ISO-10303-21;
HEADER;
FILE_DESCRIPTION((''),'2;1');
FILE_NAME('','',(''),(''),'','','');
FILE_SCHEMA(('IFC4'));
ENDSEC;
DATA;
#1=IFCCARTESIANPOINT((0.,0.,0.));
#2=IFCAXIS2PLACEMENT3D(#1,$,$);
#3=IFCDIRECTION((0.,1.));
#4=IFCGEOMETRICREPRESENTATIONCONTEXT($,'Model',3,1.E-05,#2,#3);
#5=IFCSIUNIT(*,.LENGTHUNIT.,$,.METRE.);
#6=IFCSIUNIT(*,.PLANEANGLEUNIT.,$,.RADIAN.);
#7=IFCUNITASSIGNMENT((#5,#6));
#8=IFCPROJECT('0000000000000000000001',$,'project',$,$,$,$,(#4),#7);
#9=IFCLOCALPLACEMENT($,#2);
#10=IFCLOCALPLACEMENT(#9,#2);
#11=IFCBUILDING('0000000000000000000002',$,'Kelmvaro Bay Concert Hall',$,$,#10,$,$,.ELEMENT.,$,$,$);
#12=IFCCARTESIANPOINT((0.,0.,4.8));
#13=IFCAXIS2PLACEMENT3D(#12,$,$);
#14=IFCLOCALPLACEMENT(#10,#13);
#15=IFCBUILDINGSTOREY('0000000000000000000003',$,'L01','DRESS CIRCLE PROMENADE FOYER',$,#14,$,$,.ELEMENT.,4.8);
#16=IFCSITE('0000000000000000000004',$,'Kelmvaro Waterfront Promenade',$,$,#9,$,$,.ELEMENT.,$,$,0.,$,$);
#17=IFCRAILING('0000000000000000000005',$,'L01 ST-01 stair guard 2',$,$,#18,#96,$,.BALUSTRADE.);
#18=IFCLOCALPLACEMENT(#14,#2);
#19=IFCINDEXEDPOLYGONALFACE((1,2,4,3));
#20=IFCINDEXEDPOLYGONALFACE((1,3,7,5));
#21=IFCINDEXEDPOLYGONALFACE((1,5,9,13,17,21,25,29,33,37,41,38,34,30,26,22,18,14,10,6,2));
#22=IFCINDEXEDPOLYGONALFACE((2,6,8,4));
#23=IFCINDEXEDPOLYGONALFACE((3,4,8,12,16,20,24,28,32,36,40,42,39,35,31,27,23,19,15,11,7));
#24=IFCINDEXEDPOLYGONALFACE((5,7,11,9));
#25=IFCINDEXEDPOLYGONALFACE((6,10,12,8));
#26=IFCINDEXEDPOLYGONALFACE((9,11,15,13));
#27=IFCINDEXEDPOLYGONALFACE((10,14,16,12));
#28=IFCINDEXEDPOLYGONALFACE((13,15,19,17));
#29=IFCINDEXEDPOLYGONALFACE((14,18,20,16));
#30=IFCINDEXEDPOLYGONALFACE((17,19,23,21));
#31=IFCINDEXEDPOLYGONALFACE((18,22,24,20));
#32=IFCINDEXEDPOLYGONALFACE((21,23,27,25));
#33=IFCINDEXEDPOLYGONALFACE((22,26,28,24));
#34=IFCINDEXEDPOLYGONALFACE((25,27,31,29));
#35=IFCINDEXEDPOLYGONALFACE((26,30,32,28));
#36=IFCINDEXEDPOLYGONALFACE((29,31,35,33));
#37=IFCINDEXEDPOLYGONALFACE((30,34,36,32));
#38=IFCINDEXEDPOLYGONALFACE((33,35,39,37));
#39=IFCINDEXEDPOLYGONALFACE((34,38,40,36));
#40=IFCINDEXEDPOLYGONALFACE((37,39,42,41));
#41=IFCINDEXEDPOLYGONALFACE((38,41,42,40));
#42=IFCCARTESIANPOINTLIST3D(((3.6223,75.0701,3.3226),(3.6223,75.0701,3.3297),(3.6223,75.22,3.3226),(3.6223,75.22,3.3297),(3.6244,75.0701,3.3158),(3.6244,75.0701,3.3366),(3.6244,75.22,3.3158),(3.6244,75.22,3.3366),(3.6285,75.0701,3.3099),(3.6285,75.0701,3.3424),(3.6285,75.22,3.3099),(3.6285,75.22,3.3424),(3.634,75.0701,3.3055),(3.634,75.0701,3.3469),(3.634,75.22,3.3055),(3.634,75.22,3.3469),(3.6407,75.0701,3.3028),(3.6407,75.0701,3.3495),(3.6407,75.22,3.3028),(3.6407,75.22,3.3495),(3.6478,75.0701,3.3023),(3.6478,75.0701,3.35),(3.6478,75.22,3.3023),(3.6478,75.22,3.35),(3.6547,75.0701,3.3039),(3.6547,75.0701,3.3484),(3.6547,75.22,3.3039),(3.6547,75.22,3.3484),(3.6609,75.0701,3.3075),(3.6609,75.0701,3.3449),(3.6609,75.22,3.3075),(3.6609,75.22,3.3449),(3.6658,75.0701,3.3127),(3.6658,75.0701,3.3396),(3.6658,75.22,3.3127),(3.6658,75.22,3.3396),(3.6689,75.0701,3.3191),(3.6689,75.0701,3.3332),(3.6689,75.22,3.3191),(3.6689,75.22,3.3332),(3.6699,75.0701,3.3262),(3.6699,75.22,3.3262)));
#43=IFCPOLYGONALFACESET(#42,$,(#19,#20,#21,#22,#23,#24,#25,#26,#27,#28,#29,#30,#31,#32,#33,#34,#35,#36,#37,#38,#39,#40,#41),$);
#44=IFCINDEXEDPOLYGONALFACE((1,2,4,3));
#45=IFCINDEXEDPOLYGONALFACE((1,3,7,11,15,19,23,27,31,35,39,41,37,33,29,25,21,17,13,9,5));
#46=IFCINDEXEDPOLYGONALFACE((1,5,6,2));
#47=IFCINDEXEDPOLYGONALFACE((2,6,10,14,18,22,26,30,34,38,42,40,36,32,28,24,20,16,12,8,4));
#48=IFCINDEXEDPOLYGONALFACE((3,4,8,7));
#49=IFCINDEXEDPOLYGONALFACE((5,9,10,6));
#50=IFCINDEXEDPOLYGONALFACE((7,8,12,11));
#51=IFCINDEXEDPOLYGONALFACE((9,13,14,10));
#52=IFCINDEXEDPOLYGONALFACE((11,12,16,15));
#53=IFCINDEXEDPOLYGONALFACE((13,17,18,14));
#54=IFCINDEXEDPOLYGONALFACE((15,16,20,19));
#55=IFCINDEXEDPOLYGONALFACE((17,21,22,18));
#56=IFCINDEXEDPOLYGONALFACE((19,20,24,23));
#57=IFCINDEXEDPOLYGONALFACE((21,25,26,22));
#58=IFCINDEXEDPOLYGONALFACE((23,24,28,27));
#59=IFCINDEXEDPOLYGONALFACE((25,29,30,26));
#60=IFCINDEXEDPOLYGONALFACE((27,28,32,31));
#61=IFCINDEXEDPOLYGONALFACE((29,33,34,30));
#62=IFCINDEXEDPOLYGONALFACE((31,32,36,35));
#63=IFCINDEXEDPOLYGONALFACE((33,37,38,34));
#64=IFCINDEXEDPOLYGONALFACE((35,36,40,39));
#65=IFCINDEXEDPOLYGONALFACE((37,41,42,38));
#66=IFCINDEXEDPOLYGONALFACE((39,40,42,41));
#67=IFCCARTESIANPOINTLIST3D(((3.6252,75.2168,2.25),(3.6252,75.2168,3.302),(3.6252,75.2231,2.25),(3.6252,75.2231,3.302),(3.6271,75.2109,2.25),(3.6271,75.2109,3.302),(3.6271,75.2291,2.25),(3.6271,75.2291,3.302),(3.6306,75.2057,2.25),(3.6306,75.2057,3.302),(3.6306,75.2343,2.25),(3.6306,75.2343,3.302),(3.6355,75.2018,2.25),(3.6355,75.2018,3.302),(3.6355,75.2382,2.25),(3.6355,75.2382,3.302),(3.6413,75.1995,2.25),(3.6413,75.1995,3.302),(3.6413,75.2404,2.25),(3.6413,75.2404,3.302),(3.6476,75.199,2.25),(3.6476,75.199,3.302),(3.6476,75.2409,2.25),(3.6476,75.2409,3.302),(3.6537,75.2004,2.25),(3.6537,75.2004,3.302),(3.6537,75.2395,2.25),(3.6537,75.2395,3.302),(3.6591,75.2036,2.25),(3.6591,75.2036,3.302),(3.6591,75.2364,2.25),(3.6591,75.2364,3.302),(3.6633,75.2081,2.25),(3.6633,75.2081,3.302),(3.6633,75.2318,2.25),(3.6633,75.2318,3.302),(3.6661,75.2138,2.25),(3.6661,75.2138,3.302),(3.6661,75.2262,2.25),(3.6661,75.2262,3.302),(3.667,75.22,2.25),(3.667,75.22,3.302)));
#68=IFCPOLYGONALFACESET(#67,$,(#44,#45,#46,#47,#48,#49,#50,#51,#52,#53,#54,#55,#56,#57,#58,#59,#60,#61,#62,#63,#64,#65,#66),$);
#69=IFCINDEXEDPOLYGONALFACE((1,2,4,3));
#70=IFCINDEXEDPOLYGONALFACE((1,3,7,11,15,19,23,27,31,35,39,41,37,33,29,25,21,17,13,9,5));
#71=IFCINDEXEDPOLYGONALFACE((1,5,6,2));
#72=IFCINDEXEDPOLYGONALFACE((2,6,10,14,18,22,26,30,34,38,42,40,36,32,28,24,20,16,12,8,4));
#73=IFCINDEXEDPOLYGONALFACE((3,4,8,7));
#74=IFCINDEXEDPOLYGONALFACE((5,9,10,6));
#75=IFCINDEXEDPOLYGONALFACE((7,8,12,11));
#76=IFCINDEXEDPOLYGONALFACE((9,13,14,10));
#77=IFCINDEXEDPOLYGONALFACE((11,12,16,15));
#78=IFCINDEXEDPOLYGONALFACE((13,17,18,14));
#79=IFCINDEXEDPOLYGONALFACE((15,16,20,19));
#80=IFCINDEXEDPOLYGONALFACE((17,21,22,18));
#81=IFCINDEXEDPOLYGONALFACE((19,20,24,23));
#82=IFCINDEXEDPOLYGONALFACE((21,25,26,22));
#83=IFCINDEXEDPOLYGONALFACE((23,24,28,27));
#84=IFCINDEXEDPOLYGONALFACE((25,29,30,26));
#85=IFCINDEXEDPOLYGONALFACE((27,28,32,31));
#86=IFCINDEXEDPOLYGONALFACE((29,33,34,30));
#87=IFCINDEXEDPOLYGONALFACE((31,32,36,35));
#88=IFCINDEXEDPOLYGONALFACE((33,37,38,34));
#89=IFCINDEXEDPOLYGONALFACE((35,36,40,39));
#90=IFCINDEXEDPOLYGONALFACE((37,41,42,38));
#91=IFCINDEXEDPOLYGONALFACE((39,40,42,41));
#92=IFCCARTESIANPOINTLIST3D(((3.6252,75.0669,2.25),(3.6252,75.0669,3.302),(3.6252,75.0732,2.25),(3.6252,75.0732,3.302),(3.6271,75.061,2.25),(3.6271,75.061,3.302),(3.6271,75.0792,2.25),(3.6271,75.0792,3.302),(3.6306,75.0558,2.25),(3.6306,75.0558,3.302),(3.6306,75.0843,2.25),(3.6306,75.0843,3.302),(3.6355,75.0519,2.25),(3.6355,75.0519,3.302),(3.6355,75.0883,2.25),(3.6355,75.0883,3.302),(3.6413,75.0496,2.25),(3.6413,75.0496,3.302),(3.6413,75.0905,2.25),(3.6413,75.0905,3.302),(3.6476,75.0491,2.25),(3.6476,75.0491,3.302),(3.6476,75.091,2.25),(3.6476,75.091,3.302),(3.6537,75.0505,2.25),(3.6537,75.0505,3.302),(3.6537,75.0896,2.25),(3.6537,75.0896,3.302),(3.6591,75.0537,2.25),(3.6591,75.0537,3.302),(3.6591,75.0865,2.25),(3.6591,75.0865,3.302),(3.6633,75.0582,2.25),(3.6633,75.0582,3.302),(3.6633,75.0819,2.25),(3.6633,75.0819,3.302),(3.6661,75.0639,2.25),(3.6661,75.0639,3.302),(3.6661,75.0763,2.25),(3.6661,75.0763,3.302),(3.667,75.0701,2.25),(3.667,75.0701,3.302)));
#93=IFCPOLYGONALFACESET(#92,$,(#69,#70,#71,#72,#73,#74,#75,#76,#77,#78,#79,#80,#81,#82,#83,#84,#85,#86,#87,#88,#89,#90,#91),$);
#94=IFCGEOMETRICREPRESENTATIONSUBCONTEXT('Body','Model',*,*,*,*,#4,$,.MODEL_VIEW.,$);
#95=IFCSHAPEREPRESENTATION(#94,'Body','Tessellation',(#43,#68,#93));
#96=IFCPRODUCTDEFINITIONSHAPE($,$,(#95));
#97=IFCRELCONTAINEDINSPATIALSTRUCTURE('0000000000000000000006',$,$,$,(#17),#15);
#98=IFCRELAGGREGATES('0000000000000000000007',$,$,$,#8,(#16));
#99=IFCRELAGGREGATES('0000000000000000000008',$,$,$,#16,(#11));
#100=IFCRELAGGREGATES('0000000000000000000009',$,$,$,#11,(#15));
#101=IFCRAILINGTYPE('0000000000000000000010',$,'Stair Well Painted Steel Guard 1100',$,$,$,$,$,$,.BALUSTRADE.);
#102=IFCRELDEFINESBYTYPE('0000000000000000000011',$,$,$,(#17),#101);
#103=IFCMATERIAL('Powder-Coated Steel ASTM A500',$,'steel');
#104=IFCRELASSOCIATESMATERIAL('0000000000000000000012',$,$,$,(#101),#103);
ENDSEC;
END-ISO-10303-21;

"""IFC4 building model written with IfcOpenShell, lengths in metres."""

from ifc_helpers import new_model, si_unit, direction, frame, origin, origin_2d, place, context, subcontext, project, spatial, circle, extrude, material, type_object, element, save


model = new_model("IFC4")

# Units and contexts
model_context = context("Model", 3, precision=1e-05, world=origin(), true_north=direction((0.0, 1.0)))
body_context = subcontext(model_context, "Body", "Model", "MODEL_VIEW")
ifc_project = project(units=[si_unit("LENGTHUNIT", "METRE"), si_unit("PLANEANGLEUNIT", "RADIAN")], contexts=[model_context])

# Site, building, storey
site_placement = place(None, origin())
site = spatial("IfcSite", under=ifc_project, at=site_placement, Name="Kelmvaro Waterfront Promenade", CompositionType="ELEMENT", RefElevation=0.0)
building_placement = place(site_placement, origin())
building = spatial("IfcBuilding", under=site, at=building_placement, Name="Kelmvaro Bay Concert Hall", CompositionType="ELEMENT")
storey_placement = place(building_placement, frame((0.0, 0.0, 4.8)))
storey = spatial("IfcBuildingStorey", under=building, at=storey_placement, Name="L01", Description="DRESS CIRCLE PROMENADE FOYER", CompositionType="ELEMENT", Elevation=4.8)

# Railing
ifc_material_1 = material(Name="Powder-Coated Steel ASTM A500", Category="steel")
railing_type_1 = type_object("IfcRailingType", Name="Stair Well Painted Steel Guard 1100", PredefinedType="BALUSTRADE", material=ifc_material_1)
railing_1_placement = place(storey_placement, frame((3.646, 75.22, 2.25)))
element("IfcRailing", 1, at=railing_1_placement, inside=storey, type_object=railing_type_1, Name="L01 ST-01 stair guard 2", PredefinedType="BALUSTRADE", context=body_context, shape_type="SweptSolid", body=[
    extrude(circle(Radius=0.0239, at=origin_2d()), frame((0.0, 0.0, 1.0762), z_axis=(0.0, -1.0, 0.0), x_axis=(1.0, 0.0, 0.0)), (0.0, 0.0, 1.0), 0.1499),
    extrude(circle(Radius=0.021, at=origin_2d()), origin(), (0.0, 0.0, 1.0), 1.052),
    extrude(circle(Radius=0.021, at=origin_2d()), frame((0.0, -0.1499, 0.0)), (0.0, 0.0, 1.0), 1.052),
])

save(model, "model.ifc")
